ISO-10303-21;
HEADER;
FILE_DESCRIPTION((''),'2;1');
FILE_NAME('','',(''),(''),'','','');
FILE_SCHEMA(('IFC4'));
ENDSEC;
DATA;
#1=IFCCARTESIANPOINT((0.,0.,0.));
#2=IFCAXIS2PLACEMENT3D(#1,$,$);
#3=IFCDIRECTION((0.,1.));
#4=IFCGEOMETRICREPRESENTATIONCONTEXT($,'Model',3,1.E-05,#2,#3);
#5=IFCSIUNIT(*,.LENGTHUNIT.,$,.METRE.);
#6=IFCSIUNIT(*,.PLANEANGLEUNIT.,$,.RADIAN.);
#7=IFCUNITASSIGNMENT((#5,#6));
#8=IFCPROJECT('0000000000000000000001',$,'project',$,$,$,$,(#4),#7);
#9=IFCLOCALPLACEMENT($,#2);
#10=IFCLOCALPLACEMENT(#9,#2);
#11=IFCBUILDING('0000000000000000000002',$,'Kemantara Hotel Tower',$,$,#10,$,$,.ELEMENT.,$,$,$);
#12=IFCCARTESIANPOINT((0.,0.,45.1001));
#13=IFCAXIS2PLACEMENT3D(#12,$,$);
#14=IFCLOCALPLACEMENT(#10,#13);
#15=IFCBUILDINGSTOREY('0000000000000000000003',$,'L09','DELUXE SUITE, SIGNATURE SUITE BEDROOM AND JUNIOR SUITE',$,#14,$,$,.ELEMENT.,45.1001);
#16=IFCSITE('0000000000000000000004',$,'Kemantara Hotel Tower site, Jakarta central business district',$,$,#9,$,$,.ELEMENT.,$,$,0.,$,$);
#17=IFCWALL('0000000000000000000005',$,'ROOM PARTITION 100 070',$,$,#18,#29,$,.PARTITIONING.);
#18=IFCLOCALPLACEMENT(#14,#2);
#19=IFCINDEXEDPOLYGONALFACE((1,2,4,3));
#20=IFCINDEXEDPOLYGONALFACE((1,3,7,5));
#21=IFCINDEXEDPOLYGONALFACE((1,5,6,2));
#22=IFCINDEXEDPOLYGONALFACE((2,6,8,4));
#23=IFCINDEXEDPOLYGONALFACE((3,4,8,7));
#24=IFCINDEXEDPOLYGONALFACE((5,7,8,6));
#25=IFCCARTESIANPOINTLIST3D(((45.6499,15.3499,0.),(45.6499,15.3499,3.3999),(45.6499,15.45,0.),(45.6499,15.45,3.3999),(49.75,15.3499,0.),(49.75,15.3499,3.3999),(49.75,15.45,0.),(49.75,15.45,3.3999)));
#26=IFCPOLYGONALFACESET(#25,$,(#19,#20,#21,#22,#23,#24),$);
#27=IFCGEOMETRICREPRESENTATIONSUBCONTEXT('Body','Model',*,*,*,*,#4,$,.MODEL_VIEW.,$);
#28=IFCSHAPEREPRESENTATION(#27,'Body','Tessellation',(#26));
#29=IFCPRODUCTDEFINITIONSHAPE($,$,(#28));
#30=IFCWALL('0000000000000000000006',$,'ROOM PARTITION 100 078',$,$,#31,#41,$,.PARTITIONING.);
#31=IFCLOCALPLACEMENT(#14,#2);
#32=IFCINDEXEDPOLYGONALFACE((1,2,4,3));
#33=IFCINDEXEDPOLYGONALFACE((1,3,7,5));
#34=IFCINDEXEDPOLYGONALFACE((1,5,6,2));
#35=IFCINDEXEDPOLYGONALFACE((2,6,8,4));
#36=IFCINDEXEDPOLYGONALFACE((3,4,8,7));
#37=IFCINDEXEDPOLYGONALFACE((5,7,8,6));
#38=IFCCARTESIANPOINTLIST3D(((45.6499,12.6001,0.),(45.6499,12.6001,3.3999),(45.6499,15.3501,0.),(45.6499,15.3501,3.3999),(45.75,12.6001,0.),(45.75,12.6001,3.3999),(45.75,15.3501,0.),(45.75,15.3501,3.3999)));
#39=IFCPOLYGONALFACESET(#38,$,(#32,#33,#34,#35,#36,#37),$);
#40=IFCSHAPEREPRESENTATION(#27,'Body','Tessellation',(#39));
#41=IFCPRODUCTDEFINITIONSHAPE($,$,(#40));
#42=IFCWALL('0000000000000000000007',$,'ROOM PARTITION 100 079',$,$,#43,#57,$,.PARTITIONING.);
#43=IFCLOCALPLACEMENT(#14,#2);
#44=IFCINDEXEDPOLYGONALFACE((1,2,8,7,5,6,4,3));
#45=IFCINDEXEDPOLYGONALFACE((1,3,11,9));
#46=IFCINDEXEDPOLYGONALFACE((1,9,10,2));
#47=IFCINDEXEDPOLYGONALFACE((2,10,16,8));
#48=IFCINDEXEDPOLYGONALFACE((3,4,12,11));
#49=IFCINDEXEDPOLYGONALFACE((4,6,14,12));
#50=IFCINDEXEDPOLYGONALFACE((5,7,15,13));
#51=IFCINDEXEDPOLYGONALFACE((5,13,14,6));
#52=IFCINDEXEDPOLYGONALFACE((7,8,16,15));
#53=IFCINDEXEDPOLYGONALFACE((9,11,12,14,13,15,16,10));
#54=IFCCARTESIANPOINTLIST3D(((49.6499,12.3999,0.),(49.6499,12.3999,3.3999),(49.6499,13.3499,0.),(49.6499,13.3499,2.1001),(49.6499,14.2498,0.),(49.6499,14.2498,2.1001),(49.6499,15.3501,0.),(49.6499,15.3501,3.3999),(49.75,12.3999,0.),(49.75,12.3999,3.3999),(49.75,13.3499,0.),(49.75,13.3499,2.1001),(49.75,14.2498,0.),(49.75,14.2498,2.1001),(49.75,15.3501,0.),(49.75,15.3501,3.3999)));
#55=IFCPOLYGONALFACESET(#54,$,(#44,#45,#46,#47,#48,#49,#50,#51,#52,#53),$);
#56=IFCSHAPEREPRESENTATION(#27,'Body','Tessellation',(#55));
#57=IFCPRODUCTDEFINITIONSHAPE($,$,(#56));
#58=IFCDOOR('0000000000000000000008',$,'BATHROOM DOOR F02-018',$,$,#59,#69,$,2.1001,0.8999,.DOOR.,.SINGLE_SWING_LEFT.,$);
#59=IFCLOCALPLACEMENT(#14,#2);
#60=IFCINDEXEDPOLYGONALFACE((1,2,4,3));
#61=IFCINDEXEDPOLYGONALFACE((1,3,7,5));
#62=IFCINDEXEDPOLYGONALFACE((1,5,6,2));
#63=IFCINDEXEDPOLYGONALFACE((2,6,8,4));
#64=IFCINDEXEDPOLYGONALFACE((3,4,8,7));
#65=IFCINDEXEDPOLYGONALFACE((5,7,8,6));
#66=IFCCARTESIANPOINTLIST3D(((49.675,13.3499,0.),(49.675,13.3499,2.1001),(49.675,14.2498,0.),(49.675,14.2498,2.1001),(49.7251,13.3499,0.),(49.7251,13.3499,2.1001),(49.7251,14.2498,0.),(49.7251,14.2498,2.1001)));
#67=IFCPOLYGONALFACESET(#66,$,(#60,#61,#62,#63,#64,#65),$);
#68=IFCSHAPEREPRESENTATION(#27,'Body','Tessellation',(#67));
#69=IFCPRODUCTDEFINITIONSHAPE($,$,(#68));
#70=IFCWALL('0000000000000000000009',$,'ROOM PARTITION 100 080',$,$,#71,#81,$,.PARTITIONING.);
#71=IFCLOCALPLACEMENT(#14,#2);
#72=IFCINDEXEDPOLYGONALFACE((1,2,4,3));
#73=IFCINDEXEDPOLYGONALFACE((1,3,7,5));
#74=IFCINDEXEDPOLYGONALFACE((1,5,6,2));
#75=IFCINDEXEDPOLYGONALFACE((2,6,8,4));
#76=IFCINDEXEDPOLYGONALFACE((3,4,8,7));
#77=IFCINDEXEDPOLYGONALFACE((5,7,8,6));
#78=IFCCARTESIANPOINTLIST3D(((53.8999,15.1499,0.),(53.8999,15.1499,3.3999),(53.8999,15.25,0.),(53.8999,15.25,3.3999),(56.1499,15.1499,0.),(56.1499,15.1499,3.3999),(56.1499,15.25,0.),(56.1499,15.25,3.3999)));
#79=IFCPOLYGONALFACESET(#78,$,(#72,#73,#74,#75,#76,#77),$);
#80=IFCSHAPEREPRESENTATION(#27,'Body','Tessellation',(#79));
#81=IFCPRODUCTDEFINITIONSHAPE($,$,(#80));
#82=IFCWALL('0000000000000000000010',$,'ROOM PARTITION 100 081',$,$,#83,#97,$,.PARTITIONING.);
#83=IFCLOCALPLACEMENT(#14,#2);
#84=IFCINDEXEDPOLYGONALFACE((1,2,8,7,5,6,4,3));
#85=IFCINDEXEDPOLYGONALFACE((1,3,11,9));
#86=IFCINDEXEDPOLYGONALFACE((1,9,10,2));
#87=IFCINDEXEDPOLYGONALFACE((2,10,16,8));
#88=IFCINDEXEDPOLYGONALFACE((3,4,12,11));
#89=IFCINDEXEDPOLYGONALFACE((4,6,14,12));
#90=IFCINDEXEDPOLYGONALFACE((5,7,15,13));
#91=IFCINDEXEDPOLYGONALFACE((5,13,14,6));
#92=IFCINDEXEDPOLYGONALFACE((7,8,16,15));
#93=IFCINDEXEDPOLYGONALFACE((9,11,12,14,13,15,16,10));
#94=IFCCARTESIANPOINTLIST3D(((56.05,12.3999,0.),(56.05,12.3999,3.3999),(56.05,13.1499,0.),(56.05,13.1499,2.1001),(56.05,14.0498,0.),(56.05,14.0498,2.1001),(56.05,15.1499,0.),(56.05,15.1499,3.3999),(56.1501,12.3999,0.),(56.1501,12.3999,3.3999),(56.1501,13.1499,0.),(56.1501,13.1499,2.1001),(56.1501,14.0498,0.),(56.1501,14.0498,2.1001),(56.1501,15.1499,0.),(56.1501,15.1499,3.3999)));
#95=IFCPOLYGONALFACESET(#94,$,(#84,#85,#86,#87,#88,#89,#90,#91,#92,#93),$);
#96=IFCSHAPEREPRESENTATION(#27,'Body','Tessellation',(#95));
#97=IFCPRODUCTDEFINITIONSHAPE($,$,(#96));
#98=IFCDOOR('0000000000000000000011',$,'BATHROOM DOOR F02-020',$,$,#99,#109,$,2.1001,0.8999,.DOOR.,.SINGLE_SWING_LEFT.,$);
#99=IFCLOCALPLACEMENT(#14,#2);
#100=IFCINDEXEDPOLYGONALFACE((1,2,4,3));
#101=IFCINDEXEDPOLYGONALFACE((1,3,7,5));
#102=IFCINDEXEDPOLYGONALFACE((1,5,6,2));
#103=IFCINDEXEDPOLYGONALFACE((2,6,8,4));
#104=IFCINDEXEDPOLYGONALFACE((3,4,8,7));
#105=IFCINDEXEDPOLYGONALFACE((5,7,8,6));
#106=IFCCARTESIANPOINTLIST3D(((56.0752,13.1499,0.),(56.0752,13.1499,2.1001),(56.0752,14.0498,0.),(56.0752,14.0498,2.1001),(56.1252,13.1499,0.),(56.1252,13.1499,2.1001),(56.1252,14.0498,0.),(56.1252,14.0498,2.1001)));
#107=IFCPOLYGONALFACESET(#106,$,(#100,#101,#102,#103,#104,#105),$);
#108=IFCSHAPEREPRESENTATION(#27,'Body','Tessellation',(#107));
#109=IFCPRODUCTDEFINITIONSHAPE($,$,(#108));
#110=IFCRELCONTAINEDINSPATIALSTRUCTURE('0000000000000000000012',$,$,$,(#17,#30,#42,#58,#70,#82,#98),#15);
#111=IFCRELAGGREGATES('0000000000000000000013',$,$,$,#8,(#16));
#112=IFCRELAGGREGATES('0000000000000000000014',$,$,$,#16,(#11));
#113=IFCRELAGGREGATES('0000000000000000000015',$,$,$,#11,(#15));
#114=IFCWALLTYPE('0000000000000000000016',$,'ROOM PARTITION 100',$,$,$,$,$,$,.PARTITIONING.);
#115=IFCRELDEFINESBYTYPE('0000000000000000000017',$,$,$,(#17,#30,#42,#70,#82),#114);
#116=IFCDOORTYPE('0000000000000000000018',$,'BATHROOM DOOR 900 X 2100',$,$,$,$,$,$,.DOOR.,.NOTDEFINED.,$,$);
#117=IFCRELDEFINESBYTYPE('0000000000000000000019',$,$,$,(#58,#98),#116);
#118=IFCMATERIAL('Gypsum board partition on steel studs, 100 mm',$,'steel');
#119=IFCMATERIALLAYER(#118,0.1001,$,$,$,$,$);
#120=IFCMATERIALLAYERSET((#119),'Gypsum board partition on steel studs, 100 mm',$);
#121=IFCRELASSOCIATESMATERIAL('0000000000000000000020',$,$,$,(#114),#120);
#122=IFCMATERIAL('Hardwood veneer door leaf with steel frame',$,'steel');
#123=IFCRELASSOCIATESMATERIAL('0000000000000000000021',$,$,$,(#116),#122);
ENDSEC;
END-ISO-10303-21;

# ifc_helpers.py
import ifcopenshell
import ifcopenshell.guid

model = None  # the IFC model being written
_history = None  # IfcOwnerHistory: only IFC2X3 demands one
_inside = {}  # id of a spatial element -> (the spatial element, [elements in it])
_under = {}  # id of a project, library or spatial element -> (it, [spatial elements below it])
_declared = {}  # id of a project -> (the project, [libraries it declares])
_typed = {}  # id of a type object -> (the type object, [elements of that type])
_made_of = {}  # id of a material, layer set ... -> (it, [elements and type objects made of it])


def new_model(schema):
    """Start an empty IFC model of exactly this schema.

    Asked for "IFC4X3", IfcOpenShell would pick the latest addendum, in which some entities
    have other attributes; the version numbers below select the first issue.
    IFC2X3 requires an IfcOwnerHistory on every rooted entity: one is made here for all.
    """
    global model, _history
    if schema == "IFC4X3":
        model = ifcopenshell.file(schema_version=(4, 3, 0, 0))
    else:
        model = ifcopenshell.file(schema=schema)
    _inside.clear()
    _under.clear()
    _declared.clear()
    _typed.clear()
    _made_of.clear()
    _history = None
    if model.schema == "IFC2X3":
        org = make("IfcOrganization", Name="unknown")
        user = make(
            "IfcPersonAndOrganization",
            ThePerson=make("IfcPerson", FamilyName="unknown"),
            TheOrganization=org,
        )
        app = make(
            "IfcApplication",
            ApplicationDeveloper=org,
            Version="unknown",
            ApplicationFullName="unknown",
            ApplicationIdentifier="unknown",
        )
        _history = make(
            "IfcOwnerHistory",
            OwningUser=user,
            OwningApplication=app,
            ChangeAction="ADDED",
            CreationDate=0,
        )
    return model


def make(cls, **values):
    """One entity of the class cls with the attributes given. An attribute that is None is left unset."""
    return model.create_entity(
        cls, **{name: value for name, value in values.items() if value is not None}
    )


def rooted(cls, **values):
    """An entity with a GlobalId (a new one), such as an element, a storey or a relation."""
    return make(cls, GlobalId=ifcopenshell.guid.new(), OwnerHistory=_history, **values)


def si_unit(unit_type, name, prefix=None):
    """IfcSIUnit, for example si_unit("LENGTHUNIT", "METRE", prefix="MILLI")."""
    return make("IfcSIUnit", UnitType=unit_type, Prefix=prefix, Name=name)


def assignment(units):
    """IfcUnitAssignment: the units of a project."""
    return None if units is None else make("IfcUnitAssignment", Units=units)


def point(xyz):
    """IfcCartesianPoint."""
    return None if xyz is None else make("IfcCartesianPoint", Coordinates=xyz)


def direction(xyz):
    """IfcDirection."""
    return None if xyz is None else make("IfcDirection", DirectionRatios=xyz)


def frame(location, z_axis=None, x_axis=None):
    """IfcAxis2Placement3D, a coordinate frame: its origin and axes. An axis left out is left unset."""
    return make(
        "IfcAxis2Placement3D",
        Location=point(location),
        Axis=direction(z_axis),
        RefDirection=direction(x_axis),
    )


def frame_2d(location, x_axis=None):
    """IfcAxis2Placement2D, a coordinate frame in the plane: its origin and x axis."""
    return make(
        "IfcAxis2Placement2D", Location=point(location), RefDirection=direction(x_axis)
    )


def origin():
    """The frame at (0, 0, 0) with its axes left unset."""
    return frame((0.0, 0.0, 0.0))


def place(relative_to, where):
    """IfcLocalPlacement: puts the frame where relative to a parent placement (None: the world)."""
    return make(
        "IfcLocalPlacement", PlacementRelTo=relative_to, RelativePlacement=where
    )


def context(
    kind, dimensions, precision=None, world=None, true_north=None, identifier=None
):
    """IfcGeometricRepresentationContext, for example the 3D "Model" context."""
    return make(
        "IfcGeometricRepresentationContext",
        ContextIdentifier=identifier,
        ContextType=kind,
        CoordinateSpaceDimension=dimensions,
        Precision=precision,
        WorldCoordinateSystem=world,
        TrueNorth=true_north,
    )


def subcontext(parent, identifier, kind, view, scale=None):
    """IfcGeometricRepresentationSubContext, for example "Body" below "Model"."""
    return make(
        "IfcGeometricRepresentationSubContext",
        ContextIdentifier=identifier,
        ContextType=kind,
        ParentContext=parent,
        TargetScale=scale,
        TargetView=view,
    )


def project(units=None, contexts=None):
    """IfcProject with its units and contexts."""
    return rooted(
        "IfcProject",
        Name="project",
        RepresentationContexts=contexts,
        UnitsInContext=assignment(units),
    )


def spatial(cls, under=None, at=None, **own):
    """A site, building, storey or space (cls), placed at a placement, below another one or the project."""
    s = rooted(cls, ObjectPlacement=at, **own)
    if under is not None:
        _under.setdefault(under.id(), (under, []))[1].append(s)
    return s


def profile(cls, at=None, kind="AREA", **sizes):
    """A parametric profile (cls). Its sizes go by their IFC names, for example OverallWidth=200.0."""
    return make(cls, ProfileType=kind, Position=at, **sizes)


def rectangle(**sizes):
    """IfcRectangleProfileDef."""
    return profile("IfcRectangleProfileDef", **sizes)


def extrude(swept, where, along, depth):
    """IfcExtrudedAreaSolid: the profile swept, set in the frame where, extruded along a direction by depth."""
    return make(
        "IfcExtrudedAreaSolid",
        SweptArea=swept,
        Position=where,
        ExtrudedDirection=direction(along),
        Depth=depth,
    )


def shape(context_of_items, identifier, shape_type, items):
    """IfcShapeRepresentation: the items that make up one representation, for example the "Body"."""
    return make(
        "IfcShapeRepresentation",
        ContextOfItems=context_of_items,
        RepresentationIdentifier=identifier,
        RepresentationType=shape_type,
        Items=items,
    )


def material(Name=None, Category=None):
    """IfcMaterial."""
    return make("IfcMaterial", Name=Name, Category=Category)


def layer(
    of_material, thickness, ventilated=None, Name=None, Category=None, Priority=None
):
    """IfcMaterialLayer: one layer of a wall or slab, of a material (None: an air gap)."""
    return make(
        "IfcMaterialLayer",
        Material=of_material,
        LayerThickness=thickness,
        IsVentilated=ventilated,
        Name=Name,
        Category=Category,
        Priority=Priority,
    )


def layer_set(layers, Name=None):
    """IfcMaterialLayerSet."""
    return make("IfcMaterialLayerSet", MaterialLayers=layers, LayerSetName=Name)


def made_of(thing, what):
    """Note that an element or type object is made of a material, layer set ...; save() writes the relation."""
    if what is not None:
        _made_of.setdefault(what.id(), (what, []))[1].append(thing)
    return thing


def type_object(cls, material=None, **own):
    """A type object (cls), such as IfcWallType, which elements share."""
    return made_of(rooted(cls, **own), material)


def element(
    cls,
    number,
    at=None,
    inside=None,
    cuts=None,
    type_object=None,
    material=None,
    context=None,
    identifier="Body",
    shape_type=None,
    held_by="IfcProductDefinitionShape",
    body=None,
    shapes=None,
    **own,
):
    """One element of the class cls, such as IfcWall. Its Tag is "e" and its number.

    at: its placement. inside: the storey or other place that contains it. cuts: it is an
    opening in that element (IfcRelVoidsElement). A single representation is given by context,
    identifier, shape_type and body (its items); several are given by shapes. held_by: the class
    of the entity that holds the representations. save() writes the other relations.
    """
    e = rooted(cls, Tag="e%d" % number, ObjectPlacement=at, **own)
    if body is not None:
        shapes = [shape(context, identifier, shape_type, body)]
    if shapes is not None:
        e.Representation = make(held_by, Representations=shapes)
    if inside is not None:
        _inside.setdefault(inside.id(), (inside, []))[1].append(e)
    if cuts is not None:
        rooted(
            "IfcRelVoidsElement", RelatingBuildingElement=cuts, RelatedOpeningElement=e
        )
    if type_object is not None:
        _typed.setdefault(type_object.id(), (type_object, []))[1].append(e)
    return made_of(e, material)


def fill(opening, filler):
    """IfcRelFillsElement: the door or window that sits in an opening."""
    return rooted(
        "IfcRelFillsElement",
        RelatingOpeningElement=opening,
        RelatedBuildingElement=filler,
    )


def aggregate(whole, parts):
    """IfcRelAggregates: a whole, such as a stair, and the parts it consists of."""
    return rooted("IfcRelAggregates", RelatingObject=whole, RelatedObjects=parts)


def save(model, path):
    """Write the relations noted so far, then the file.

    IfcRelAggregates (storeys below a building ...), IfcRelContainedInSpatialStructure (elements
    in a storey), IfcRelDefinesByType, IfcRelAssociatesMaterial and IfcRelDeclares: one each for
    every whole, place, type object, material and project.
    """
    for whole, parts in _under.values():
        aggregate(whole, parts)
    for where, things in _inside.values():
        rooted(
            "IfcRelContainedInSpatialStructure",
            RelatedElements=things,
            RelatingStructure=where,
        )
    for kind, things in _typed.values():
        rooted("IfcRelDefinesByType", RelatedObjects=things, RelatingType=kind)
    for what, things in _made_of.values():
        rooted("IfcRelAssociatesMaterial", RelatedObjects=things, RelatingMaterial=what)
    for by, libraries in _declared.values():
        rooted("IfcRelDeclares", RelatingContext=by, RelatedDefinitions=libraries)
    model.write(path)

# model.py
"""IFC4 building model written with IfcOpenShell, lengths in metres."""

from ifc_helpers import new_model, si_unit, direction, frame, frame_2d, origin, place, context, subcontext, project, spatial, rectangle, extrude, material, layer, layer_set, type_object, element, fill, save


model = new_model("IFC4")

# Units and contexts
model_context = context("Model", 3, precision=1e-05, world=origin(), true_north=direction((0.0, 1.0)))
body_context = subcontext(model_context, "Body", "Model", "MODEL_VIEW")
ifc_project = project(units=[si_unit("LENGTHUNIT", "METRE"), si_unit("PLANEANGLEUNIT", "RADIAN")], contexts=[model_context])

# Site, building, storey
site_placement = place(None, origin())
site = spatial("IfcSite", under=ifc_project, at=site_placement, Name="Kemantara Hotel Tower site, Jakarta central business district", CompositionType="ELEMENT", RefElevation=0.0)
building_placement = place(site_placement, origin())
building = spatial("IfcBuilding", under=site, at=building_placement, Name="Kemantara Hotel Tower", CompositionType="ELEMENT")
storey_placement = place(building_placement, frame((0.0, 0.0, 45.1001)))
storey = spatial("IfcBuildingStorey", under=building, at=storey_placement, Name="L09", Description="DELUXE SUITE, SIGNATURE SUITE BEDROOM AND JUNIOR SUITE", CompositionType="ELEMENT", Elevation=45.1001)

# Shared definitions
ifc_material_1 = material(Name="Hardwood veneer door leaf with steel frame", Category="steel")

# Walls
ifc_material_2 = material(Name="Gypsum board partition on steel studs, 100 mm", Category="steel")
ifc_layer_1 = layer(ifc_material_2, 0.1001)
ifc_layer_set_1 = layer_set([ifc_layer_1], Name="Gypsum board partition on steel studs, 100 mm")
wall_type_1 = type_object("IfcWallType", Name="ROOM PARTITION 100", PredefinedType="PARTITIONING", material=ifc_layer_set_1)
wall_1_placement = place(storey_placement, frame((45.6499, 15.3999, 0.0), z_axis=(0.0, 0.0, 1.0), x_axis=(1.0, 0.0, 0.0)))
element("IfcWall", 1, at=wall_1_placement, inside=storey, type_object=wall_type_1, Name="ROOM PARTITION 100 070", PredefinedType="PARTITIONING", context=body_context, shape_type="SweptSolid", body=[
    extrude(rectangle(XDim=4.1001, YDim=0.1001, at=frame_2d((2.05, 0.0))), origin(), (0.0, 0.0, 1.0), 3.3999),
])
wall_2_placement = place(storey_placement, frame((45.7, 12.6001, 0.0), z_axis=(0.0, 0.0, 1.0), x_axis=(0.0, 1.0, 0.0)))
element("IfcWall", 2, at=wall_2_placement, inside=storey, type_object=wall_type_1, Name="ROOM PARTITION 100 078", PredefinedType="PARTITIONING", context=body_context, shape_type="SweptSolid", body=[
    extrude(rectangle(XDim=2.75, YDim=0.1001, at=frame_2d((1.375, 0.0))), origin(), (0.0, 0.0, 1.0), 3.3999),
])

# Wall, opening, door
wall_3_placement = place(storey_placement, frame((49.7, 12.3999, 0.0), z_axis=(0.0, 0.0, 1.0), x_axis=(0.0, 1.0, 0.0)))
wall_3 = element("IfcWall", 3, at=wall_3_placement, inside=storey, type_object=wall_type_1, Name="ROOM PARTITION 100 079", PredefinedType="PARTITIONING", context=body_context, shape_type="SweptSolid", body=[
    extrude(rectangle(XDim=2.9502, YDim=0.1001, at=frame_2d((1.4751, 0.0))), origin(), (0.0, 0.0, 1.0), 3.3999),
])
opening_1_placement = place(wall_3_placement, frame((0.95, 0.0, 0.0)))
opening_1 = element("IfcOpeningElement", 4, at=opening_1_placement, cuts=wall_3, PredefinedType="OPENING", context=body_context, shape_type="SweptSolid", body=[
    extrude(rectangle(XDim=0.8999, YDim=2.1001, at=frame_2d((0.45, 1.05))), frame((0.0, 0.0601, 0.0), z_axis=(0.0, -1.0, 0.0), x_axis=(1.0, 0.0, 0.0)), (0.0, 0.0, 1.0), 0.1201),
])
door_type_1 = type_object("IfcDoorType", Name="BATHROOM DOOR 900 X 2100", OperationType="NOTDEFINED", PredefinedType="DOOR", material=ifc_material_1)
door_1_placement = place(opening_1_placement, origin())
door_1 = element("IfcDoor", 5, at=door_1_placement, inside=storey, type_object=door_type_1, Name="BATHROOM DOOR F02-018", OperationType="SINGLE_SWING_LEFT", OverallHeight=2.1001, OverallWidth=0.8999, PredefinedType="DOOR", context=body_context, shape_type="SweptSolid", body=[
    extrude(rectangle(XDim=0.8999, YDim=2.1001, at=frame_2d((0.45, 1.05))), frame((0.0, 0.0249, 0.0), z_axis=(0.0, -1.0, 0.0), x_axis=(1.0, 0.0, 0.0)), (0.0, 0.0, 1.0), 0.05),
])
fill(opening_1, door_1)

# Wall
wall_4_placement = place(storey_placement, frame((53.8999, 15.2, 0.0), z_axis=(0.0, 0.0, 1.0), x_axis=(1.0, 0.0, 0.0)))
element("IfcWall", 6, at=wall_4_placement, inside=storey, type_object=wall_type_1, Name="ROOM PARTITION 100 080", PredefinedType="PARTITIONING", context=body_context, shape_type="SweptSolid", body=[
    extrude(rectangle(XDim=2.25, YDim=0.1001, at=frame_2d((1.125, 0.0))), origin(), (0.0, 0.0, 1.0), 3.3999),
])

# Wall, opening, door
wall_5_placement = place(storey_placement, frame((56.1001, 12.3999, 0.0), z_axis=(0.0, 0.0, 1.0), x_axis=(0.0, 1.0, 0.0)))
wall_5 = element("IfcWall", 7, at=wall_5_placement, inside=storey, type_object=wall_type_1, Name="ROOM PARTITION 100 081", PredefinedType="PARTITIONING", context=body_context, shape_type="SweptSolid", body=[
    extrude(rectangle(XDim=2.75, YDim=0.1001, at=frame_2d((1.375, 0.0))), origin(), (0.0, 0.0, 1.0), 3.3999),
])
opening_2_placement = place(wall_5_placement, frame((0.75, 0.0, 0.0)))
opening_2 = element("IfcOpeningElement", 8, at=opening_2_placement, cuts=wall_5, PredefinedType="OPENING", context=body_context, shape_type="SweptSolid", body=[
    extrude(rectangle(XDim=0.8999, YDim=2.1001, at=frame_2d((0.45, 1.05))), frame((0.0, 0.0601, 0.0), z_axis=(0.0, -1.0, 0.0), x_axis=(1.0, 0.0, 0.0)), (0.0, 0.0, 1.0), 0.1201),
])
door_2_placement = place(opening_2_placement, origin())
door_2 = element("IfcDoor", 9, at=door_2_placement, inside=storey, type_object=door_type_1, Name="BATHROOM DOOR F02-020", OperationType="SINGLE_SWING_LEFT", OverallHeight=2.1001, OverallWidth=0.8999, PredefinedType="DOOR", context=body_context, shape_type="SweptSolid", body=[
    extrude(rectangle(XDim=0.8999, YDim=2.1001, at=frame_2d((0.45, 1.05))), frame((0.0, 0.0249, 0.0), z_axis=(0.0, -1.0, 0.0), x_axis=(1.0, 0.0, 0.0)), (0.0, 0.0, 1.0), 0.05),
])
fill(opening_2, door_2)

save(model, "model.ifc")
